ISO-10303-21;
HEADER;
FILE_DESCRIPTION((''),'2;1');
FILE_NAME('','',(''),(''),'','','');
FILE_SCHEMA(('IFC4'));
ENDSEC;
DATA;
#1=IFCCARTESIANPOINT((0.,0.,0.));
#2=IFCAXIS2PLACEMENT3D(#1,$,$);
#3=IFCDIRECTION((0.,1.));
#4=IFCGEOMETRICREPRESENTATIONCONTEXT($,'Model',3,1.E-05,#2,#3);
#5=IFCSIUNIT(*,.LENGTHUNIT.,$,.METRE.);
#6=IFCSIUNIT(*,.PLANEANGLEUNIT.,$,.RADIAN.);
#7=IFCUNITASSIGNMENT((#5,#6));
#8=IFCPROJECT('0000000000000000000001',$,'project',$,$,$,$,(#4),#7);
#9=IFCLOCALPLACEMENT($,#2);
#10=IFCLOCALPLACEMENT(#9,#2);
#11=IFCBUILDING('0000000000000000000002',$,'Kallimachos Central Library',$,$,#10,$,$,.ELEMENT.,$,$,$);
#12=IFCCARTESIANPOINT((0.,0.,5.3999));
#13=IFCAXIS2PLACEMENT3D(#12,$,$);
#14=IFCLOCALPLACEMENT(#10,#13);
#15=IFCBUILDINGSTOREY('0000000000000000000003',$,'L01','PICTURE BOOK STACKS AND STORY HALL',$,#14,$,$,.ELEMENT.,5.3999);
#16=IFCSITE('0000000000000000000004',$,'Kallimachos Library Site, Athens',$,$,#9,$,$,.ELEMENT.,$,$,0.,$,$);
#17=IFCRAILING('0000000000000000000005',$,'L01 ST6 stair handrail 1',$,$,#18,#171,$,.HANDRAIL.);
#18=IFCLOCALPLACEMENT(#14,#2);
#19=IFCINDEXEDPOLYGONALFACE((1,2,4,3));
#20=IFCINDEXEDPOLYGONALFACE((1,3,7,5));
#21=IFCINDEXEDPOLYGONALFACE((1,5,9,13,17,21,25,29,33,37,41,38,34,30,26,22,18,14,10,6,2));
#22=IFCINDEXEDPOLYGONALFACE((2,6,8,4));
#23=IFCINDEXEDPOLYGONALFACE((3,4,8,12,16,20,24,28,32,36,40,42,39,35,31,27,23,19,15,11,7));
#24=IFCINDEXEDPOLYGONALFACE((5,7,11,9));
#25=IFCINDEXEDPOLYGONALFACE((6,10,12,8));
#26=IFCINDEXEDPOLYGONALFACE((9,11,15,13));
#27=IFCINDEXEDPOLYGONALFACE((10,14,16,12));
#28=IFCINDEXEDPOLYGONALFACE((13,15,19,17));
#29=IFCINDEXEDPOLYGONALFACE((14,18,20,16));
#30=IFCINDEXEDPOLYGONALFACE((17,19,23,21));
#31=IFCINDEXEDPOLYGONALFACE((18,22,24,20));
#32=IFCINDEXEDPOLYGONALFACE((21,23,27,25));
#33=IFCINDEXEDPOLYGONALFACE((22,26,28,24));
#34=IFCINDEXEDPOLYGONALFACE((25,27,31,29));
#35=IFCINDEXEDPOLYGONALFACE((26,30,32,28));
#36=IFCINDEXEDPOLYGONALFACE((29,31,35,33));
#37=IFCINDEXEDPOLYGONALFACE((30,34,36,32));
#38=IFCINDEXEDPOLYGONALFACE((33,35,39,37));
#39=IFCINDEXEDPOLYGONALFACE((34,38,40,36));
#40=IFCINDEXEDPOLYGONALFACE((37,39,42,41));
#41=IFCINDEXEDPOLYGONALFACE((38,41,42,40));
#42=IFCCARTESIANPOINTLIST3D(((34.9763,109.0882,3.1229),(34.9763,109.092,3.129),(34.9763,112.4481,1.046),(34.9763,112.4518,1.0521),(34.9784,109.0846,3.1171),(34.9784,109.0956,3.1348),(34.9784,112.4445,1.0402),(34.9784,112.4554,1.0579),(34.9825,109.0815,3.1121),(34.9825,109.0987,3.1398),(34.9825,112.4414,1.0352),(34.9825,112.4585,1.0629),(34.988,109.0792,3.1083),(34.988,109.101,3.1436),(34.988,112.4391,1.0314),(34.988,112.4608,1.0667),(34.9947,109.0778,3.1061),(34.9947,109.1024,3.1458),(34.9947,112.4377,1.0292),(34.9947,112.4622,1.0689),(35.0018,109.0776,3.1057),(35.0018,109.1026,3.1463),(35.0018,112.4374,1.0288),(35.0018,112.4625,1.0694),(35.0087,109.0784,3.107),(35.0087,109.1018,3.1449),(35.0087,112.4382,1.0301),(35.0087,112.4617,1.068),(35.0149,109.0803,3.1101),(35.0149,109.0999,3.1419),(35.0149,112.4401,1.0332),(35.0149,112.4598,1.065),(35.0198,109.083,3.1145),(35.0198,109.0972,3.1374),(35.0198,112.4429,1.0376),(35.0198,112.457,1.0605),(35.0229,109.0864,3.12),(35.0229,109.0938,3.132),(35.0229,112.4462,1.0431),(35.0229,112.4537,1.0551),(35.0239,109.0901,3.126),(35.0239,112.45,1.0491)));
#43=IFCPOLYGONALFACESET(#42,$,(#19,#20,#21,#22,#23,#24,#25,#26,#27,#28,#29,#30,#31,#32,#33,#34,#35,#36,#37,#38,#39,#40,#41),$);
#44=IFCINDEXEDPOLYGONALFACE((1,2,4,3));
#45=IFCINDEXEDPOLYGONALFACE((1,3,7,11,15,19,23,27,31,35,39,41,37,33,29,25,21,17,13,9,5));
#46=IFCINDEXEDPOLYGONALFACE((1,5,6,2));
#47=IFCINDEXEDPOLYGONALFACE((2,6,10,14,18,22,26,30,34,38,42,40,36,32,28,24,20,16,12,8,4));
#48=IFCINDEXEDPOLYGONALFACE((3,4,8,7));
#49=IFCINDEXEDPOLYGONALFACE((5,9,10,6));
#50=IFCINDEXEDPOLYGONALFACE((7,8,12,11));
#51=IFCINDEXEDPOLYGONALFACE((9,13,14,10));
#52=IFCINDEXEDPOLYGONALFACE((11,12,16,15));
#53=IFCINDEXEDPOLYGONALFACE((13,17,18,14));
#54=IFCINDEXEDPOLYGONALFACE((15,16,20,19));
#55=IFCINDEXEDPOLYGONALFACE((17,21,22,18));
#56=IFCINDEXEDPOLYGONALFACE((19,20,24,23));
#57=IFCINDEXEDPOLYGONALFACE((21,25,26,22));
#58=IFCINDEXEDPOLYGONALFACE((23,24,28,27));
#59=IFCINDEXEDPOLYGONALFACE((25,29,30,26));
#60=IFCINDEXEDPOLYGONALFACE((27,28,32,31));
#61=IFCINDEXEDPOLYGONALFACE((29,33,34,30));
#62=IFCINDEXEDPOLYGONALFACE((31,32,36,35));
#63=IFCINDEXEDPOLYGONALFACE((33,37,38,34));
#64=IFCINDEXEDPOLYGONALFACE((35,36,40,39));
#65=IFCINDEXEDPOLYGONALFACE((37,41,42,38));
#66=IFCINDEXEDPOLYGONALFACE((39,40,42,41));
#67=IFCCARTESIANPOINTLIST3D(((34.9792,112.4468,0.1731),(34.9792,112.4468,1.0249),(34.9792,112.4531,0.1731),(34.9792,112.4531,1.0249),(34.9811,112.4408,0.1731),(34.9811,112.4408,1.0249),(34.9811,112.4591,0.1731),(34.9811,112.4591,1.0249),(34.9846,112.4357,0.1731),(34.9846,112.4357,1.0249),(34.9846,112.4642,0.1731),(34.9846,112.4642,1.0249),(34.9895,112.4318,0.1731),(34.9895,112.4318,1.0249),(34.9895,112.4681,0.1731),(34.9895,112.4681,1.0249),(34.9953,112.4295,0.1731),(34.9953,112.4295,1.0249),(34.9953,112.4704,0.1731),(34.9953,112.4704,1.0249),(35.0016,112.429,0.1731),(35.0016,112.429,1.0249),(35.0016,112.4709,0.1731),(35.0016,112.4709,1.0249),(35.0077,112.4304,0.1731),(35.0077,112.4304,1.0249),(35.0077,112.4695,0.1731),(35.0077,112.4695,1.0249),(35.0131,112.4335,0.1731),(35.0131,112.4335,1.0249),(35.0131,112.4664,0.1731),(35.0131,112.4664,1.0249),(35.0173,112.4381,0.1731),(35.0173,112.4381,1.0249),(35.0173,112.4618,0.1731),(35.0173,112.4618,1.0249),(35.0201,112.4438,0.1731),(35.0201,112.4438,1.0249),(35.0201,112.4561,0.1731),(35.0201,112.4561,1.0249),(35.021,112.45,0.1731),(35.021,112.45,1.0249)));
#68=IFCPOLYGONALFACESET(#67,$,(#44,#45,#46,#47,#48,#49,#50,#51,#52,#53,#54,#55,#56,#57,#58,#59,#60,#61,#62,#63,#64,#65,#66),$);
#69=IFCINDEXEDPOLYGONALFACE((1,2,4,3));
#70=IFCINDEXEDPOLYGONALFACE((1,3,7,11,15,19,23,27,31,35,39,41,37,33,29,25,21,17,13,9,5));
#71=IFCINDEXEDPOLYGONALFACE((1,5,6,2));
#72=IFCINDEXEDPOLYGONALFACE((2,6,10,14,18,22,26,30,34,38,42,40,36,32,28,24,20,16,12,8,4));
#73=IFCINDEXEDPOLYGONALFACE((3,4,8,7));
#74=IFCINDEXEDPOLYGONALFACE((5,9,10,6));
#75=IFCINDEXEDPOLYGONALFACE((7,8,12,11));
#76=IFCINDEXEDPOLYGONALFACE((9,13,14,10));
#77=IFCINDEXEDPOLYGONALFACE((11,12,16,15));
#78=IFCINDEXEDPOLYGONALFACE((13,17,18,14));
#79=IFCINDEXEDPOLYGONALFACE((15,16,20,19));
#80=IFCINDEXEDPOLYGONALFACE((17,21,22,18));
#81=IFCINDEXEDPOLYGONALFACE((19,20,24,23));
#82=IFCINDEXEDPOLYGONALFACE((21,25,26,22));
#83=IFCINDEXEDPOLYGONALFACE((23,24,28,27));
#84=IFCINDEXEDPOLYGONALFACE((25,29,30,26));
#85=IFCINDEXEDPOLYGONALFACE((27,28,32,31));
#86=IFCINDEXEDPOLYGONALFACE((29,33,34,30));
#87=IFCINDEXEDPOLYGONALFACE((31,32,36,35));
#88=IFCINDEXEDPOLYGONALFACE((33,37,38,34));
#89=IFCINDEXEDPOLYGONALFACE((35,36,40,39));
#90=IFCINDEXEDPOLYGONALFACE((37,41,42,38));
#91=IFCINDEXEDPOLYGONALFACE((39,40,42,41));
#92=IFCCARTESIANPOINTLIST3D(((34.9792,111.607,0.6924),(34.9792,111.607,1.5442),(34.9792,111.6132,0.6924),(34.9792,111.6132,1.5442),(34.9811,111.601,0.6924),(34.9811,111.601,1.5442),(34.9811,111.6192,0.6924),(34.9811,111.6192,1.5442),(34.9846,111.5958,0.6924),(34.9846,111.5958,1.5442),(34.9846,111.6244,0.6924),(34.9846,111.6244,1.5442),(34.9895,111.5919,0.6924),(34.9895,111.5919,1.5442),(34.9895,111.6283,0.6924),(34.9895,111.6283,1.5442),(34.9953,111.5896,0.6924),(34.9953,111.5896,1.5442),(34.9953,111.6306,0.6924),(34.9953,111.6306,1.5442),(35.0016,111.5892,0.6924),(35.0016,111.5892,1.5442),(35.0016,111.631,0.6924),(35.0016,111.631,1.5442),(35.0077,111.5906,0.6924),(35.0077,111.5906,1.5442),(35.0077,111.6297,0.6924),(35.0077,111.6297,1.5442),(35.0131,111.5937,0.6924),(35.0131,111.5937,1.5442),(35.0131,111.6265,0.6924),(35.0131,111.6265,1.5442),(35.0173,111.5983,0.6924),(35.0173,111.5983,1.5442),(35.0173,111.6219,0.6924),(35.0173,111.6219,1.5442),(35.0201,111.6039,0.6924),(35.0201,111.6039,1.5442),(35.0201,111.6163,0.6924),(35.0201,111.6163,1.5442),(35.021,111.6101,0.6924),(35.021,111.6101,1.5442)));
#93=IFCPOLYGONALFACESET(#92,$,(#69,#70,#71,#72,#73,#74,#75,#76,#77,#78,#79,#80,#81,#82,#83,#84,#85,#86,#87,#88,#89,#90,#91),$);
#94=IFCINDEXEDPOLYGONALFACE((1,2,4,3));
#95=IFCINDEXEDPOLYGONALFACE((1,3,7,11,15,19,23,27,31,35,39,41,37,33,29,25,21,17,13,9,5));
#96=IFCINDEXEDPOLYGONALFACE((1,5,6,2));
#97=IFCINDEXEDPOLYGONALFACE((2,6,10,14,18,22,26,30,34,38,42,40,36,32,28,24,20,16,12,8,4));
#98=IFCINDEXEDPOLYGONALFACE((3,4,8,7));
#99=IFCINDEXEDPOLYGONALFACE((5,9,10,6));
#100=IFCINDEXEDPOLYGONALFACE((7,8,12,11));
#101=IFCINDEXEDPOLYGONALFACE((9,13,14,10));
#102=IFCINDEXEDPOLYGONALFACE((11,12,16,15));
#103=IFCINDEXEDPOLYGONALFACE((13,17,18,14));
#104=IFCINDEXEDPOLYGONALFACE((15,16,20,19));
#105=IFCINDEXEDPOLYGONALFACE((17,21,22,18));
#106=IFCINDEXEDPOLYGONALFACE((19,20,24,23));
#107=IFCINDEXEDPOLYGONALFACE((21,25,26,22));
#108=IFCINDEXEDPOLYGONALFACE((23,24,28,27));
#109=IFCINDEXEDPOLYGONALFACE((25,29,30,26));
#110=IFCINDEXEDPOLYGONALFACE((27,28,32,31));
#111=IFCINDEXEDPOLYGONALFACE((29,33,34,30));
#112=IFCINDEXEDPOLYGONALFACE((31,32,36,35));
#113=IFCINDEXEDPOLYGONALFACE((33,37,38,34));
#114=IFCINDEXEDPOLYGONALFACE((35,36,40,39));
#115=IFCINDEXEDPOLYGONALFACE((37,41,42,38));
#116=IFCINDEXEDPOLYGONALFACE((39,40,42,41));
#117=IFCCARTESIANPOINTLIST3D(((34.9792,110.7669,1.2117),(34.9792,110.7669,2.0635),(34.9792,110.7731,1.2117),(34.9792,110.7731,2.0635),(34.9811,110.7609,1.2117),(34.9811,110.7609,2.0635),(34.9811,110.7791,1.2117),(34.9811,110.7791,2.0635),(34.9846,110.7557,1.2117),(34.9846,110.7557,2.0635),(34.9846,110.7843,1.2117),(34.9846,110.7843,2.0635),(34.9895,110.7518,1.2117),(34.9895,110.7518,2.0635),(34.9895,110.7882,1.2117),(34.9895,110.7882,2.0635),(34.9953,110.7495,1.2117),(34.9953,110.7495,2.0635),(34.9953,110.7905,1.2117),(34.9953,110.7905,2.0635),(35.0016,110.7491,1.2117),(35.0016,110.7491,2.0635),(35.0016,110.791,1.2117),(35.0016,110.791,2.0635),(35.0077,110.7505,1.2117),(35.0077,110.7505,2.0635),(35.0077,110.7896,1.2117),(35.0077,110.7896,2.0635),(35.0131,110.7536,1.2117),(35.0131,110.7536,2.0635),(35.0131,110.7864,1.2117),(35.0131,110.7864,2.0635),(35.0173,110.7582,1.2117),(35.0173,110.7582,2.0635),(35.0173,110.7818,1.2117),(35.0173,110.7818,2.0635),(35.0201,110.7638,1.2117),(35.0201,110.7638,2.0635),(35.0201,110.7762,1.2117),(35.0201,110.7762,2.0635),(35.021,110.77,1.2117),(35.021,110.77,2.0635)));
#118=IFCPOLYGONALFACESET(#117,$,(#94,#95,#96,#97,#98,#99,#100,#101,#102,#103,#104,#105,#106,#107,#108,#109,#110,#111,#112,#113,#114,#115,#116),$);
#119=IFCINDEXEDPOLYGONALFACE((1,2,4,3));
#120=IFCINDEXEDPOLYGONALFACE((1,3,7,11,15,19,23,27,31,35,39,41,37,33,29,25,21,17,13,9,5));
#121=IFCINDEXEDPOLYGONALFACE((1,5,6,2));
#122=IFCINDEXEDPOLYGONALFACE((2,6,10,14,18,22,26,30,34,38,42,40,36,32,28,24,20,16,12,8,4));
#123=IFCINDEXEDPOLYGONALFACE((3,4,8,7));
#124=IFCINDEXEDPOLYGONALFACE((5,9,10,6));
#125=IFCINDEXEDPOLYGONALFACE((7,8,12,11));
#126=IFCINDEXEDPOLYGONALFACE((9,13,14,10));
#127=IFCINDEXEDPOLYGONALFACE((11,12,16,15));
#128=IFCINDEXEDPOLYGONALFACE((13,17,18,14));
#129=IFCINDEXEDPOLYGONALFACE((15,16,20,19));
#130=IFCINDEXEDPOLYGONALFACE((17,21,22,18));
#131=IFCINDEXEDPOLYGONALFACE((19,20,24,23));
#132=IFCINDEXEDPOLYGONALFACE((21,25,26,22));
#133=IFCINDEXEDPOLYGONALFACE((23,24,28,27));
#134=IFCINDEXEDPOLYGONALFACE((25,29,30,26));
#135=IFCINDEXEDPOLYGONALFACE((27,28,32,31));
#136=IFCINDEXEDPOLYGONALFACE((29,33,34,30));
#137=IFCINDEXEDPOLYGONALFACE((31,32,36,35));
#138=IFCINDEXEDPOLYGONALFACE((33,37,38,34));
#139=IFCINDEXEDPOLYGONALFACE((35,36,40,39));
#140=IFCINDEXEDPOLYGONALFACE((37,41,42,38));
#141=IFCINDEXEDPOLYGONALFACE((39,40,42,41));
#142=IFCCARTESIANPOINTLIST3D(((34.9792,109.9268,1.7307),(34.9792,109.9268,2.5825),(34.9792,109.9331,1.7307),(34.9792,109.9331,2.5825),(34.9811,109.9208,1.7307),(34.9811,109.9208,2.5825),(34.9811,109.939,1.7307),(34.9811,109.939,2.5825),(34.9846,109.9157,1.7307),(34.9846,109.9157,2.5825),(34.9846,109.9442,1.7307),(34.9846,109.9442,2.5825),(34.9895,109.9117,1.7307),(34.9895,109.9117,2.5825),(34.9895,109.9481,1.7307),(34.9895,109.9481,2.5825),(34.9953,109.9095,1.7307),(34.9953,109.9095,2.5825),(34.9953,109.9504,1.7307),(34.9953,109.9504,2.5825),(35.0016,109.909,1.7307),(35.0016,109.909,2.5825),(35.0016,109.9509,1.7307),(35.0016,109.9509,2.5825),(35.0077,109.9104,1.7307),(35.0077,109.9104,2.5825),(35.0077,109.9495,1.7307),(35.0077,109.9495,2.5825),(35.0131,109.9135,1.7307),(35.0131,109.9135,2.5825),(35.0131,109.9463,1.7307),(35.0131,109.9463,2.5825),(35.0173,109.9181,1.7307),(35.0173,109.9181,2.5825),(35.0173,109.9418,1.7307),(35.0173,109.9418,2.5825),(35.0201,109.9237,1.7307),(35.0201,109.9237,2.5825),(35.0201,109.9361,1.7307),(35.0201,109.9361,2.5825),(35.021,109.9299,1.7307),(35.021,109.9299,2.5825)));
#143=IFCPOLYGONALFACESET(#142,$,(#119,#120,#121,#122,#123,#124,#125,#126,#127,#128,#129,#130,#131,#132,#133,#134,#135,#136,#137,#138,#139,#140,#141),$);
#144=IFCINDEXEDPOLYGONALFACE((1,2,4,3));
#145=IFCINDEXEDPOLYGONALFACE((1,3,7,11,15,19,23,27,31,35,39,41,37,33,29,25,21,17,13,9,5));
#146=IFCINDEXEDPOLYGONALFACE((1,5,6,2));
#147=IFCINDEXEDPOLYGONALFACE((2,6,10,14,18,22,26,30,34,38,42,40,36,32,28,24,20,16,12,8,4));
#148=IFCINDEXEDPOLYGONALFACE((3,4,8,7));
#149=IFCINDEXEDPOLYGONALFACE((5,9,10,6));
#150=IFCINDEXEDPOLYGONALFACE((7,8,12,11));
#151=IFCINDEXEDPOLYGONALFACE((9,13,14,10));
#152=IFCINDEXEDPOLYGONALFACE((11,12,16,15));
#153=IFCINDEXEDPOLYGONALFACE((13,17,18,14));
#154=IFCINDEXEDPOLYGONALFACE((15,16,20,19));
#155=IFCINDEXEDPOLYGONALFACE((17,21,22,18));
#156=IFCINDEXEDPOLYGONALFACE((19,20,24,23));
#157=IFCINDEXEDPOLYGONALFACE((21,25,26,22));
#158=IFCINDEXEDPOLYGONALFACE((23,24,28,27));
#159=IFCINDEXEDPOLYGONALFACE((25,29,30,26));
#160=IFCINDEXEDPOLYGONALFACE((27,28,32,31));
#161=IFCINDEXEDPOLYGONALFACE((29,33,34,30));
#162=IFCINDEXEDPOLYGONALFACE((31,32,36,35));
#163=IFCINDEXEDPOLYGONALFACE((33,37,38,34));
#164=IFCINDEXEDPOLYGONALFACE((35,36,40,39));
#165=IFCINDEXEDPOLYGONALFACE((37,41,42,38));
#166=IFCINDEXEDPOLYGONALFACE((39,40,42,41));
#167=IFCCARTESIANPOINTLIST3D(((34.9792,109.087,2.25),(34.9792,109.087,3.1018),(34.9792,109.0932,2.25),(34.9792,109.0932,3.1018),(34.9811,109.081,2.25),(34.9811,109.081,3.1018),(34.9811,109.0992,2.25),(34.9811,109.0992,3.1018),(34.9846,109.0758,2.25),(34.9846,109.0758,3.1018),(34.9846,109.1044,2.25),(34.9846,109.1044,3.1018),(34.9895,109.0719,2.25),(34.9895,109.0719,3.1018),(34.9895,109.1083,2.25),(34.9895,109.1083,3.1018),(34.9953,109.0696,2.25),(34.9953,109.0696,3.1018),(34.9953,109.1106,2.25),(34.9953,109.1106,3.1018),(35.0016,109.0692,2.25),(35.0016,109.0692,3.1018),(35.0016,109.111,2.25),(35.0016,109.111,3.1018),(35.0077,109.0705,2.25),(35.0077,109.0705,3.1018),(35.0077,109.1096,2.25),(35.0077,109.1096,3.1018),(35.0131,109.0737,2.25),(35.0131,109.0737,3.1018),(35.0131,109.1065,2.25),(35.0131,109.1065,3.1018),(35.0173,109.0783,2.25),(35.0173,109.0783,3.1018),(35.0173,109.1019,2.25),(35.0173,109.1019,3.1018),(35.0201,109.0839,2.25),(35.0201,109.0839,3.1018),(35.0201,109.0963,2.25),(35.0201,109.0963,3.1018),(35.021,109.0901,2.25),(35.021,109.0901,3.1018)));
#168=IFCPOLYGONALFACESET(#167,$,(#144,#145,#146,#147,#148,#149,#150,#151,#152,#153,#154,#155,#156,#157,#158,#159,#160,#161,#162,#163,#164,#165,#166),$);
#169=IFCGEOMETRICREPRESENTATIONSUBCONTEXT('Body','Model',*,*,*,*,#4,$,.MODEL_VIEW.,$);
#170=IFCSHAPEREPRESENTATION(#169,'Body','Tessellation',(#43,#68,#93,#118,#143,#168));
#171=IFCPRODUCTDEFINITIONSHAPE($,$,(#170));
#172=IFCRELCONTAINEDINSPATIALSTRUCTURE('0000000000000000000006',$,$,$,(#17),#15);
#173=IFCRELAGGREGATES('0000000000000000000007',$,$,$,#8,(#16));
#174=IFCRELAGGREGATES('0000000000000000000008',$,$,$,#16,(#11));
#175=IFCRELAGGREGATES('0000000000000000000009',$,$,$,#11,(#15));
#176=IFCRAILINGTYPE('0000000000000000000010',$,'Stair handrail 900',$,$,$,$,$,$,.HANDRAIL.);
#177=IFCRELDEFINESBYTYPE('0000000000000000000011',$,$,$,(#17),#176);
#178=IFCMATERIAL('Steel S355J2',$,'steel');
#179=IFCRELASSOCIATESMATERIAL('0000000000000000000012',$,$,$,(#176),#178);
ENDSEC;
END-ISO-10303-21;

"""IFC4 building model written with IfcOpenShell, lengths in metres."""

from ifc_helpers import new_model, si_unit, direction, frame, origin, origin_2d, place, context, subcontext, project, spatial, circle, extrude, material, type_object, element, save


model = new_model("IFC4")

# Units and contexts
model_context = context("Model", 3, precision=1e-05, world=origin(), true_north=direction((0.0, 1.0)))
body_context = subcontext(model_context, "Body", "Model", "MODEL_VIEW")
ifc_project = project(units=[si_unit("LENGTHUNIT", "METRE"), si_unit("PLANEANGLEUNIT", "RADIAN")], contexts=[model_context])

# Site, building, storey
site_placement = place(None, origin())
site = spatial("IfcSite", under=ifc_project, at=site_placement, Name="Kallimachos Library Site, Athens", CompositionType="ELEMENT", RefElevation=0.0)
building_placement = place(site_placement, origin())
building = spatial("IfcBuilding", under=site, at=building_placement, Name="Kallimachos Central Library", CompositionType="ELEMENT")
storey_placement = place(building_placement, frame((0.0, 0.0, 5.3999)))
storey = spatial("IfcBuildingStorey", under=building, at=storey_placement, Name="L01", Description="PICTURE BOOK STACKS AND STORY HALL", CompositionType="ELEMENT", Elevation=5.3999)

# Railing
ifc_material_1 = material(Name="Steel S355J2", Category="steel")
railing_type_1 = type_object("IfcRailingType", Name="Stair handrail 900", PredefinedType="HANDRAIL", material=ifc_material_1)
railing_1_placement = place(storey_placement, frame((35.0, 112.45, 0.1731)))
element("IfcRailing", 1, at=railing_1_placement, inside=storey, type_object=railing_type_1, Name="L01 ST6 stair handrail 1", PredefinedType="HANDRAIL", context=body_context, shape_type="SweptSolid", body=[
    extrude(circle(Radius=0.0239, at=origin_2d()), frame((0.0, 0.0, 0.876), z_axis=(0.0, -0.850606, 0.525803), x_axis=(1.0, 0.0, 0.0)), (0.0, 0.0, 1.0), 3.95),
    extrude(circle(Radius=0.021, at=origin_2d()), origin(), (0.0, 0.0, 1.0), 0.8518),
    extrude(circle(Radius=0.021, at=origin_2d()), frame((0.0, -0.8398, 0.5193)), (0.0, 0.0, 1.0), 0.8518),
    extrude(circle(Radius=0.021, at=origin_2d()), frame((0.0, -1.6799, 1.0386)), (0.0, 0.0, 1.0), 0.8518),
    extrude(circle(Radius=0.021, at=origin_2d()), frame((0.0, -2.52, 1.5576)), (0.0, 0.0, 1.0), 0.8518),
    extrude(circle(Radius=0.021, at=origin_2d()), frame((0.0, -3.3599, 2.0769)), (0.0, 0.0, 1.0), 0.8518),
])

save(model, "model.ifc")
